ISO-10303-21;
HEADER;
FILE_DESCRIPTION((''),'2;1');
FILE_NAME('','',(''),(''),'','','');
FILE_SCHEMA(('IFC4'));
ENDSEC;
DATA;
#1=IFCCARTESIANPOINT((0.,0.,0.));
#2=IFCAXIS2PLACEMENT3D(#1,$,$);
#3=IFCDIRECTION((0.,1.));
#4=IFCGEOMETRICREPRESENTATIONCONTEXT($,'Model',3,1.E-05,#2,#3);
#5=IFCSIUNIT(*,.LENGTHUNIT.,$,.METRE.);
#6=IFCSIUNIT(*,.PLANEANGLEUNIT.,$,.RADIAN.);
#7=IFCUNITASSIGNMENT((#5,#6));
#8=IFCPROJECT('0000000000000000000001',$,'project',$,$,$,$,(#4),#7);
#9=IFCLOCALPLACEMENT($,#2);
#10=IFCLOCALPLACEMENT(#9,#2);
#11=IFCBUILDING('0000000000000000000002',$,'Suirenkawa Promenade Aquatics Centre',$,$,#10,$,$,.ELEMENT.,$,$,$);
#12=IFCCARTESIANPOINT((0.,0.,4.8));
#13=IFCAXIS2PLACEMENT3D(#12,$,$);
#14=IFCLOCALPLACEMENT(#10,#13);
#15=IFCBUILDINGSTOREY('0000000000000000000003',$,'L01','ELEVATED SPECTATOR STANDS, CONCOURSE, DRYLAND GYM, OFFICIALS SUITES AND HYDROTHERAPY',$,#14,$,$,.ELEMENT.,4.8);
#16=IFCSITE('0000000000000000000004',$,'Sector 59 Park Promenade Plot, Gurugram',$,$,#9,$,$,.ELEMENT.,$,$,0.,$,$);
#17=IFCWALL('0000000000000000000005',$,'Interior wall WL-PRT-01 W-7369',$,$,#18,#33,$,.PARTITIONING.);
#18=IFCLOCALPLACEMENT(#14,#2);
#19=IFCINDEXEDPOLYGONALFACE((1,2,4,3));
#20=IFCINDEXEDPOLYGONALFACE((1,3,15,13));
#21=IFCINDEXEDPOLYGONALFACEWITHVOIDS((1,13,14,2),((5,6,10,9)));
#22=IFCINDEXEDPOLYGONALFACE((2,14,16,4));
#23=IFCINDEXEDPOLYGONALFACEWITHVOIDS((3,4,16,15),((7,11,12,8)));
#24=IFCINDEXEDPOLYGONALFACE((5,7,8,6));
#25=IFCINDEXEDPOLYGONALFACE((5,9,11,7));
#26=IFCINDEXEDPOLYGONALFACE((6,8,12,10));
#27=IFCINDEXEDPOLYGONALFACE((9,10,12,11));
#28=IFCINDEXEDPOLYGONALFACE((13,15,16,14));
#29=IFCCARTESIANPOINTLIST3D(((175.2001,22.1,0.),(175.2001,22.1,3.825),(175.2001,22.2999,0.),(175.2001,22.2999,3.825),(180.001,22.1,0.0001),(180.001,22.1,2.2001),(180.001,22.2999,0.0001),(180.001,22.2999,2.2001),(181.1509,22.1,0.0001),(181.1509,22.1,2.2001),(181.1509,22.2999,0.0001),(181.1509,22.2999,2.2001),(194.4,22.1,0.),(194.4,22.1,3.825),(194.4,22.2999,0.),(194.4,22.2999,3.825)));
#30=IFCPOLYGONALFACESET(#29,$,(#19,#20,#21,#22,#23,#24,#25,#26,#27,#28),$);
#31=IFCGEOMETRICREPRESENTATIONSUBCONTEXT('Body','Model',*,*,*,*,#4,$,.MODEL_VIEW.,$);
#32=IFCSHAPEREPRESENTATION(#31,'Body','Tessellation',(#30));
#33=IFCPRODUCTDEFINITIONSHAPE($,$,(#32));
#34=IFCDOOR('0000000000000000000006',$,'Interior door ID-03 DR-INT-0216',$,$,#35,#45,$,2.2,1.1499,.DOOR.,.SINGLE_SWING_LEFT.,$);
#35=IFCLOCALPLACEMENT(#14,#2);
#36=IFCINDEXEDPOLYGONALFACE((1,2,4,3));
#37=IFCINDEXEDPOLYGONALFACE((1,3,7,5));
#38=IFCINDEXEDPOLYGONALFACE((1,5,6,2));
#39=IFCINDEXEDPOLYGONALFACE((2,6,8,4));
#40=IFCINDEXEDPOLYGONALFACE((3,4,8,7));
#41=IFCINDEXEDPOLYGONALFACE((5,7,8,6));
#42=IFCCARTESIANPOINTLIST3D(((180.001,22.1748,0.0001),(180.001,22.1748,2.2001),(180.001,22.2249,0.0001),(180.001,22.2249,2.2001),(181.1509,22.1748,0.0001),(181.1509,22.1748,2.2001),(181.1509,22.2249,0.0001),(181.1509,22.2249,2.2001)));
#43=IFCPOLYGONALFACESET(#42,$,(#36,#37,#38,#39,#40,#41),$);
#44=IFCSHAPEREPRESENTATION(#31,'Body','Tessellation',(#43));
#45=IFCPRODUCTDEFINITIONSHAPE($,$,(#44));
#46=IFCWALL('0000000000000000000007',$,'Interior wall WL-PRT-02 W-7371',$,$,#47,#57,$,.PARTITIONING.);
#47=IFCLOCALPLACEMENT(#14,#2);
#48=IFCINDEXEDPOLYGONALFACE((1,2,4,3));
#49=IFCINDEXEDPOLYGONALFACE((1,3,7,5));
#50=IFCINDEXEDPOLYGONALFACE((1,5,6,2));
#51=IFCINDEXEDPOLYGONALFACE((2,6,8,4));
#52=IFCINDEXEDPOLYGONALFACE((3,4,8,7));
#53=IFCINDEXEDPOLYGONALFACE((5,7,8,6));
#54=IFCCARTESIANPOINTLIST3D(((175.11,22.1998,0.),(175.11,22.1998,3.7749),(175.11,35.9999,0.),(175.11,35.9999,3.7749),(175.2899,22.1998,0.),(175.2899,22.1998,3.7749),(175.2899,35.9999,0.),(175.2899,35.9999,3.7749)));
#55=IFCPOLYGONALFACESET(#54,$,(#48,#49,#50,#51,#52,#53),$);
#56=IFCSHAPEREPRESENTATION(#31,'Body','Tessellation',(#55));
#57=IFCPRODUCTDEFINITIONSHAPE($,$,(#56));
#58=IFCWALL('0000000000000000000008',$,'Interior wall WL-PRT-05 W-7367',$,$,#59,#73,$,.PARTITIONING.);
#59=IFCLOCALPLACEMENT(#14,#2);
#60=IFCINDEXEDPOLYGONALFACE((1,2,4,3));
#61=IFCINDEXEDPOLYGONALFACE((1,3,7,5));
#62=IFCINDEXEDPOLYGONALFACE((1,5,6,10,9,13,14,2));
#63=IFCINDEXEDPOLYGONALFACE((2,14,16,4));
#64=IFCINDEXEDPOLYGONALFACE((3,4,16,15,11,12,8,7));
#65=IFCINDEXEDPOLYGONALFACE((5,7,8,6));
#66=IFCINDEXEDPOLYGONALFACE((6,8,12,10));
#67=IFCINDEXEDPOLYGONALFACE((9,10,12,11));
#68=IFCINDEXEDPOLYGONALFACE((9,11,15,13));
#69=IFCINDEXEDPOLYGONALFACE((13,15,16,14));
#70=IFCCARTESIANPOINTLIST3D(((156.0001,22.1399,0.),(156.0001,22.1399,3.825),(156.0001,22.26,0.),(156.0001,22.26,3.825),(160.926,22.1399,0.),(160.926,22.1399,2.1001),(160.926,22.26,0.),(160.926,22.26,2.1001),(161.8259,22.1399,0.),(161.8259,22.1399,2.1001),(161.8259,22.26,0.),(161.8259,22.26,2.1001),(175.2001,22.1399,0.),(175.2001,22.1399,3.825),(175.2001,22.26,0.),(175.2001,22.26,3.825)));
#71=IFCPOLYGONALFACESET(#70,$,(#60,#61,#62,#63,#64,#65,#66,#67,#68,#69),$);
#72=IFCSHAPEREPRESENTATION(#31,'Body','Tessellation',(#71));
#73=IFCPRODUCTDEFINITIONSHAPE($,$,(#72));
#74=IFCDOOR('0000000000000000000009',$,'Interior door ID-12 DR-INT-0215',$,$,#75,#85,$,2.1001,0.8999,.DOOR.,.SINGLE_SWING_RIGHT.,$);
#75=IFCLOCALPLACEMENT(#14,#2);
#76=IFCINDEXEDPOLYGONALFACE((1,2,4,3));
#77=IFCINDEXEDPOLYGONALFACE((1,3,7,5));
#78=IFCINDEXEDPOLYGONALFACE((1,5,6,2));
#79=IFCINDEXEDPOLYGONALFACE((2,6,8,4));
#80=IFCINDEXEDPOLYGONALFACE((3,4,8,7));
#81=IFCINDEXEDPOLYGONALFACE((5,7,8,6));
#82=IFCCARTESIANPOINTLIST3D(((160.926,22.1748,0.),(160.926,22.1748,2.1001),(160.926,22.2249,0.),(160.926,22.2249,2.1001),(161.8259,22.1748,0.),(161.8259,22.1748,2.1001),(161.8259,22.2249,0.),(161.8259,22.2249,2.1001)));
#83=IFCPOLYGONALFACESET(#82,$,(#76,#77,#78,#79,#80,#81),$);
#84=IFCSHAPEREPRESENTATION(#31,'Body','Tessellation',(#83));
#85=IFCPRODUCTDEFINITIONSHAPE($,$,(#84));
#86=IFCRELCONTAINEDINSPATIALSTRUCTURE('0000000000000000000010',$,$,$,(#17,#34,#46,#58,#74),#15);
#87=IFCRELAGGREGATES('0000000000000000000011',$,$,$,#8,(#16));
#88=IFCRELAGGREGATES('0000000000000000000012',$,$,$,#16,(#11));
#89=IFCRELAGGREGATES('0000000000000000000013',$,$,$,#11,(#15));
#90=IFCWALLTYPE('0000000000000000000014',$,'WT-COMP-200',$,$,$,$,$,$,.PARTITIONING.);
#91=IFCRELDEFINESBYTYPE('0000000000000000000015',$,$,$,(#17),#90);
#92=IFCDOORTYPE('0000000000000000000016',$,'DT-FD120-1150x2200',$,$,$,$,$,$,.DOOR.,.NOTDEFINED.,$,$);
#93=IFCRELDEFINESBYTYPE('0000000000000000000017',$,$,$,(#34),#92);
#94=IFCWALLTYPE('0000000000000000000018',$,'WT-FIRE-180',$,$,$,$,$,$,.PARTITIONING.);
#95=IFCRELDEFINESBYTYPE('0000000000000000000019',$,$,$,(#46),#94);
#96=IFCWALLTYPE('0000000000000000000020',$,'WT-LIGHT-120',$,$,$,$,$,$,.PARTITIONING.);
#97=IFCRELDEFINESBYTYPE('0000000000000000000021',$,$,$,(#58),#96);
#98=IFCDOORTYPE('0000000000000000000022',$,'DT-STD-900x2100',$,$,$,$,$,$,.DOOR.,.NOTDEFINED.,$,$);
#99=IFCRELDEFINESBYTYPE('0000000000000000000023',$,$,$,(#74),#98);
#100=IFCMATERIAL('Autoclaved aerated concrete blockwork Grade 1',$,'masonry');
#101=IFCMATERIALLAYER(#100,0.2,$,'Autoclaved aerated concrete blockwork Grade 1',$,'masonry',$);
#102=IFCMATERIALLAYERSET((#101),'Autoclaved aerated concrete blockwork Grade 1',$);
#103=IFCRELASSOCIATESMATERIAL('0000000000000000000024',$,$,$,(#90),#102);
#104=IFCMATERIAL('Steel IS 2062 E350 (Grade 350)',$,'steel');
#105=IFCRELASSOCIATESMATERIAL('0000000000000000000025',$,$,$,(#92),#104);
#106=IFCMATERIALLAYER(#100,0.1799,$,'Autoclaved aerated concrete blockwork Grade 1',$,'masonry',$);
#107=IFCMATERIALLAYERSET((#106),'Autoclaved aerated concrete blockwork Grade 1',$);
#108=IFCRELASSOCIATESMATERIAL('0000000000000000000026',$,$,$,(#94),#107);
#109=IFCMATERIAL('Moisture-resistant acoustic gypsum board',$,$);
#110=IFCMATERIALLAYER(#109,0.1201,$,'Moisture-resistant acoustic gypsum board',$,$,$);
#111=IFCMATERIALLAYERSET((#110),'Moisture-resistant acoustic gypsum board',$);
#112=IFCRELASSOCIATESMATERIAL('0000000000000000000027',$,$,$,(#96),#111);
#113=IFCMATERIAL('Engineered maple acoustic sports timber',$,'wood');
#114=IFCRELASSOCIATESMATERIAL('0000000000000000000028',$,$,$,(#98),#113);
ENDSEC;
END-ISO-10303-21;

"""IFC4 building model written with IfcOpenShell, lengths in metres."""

from ifc_helpers import new_model, si_unit, direction, frame, frame_2d, origin, place, context, subcontext, project, spatial, rectangle, extrude, material, layer, layer_set, type_object, element, fill, save


model = new_model("IFC4")

# Units and contexts
model_context = context("Model", 3, precision=1e-05, world=origin(), true_north=direction((0.0, 1.0)))
body_context = subcontext(model_context, "Body", "Model", "MODEL_VIEW")
ifc_project = project(units=[si_unit("LENGTHUNIT", "METRE"), si_unit("PLANEANGLEUNIT", "RADIAN")], contexts=[model_context])

# Site, building, storey
site_placement = place(None, origin())
site = spatial("IfcSite", under=ifc_project, at=site_placement, Name="Sector 59 Park Promenade Plot, Gurugram", CompositionType="ELEMENT", RefElevation=0.0)
building_placement = place(site_placement, origin())
building = spatial("IfcBuilding", under=site, at=building_placement, Name="Suirenkawa Promenade Aquatics Centre", CompositionType="ELEMENT")
storey_placement = place(building_placement, frame((0.0, 0.0, 4.8)))
storey = spatial("IfcBuildingStorey", under=building, at=storey_placement, Name="L01", Description="ELEVATED SPECTATOR STANDS, CONCOURSE, DRYLAND GYM, OFFICIALS SUITES AND HYDROTHERAPY", CompositionType="ELEMENT", Elevation=4.8)

# Shared definitions
ifc_material_1 = material(Name="Steel IS 2062 E350 (Grade 350)", Category="steel")

# Wall, opening, door
ifc_material_2 = material(Name="Autoclaved aerated concrete blockwork Grade 1", Category="masonry")
ifc_layer_1 = layer(ifc_material_2, 0.2, Name="Autoclaved aerated concrete blockwork Grade 1", Category="masonry")
ifc_layer_set_1 = layer_set([ifc_layer_1], Name="Autoclaved aerated concrete blockwork Grade 1")
wall_type_1 = type_object("IfcWallType", Name="WT-COMP-200", PredefinedType="PARTITIONING", material=ifc_layer_set_1)
wall_1_placement = place(storey_placement, frame((175.2, 22.2, 0.0), z_axis=(0.0, 0.0, 1.0), x_axis=(1.0, 0.0, 0.0)))
wall_1 = element("IfcWall", 1, at=wall_1_placement, inside=storey, type_object=wall_type_1, Name="Interior wall WL-PRT-01 W-7369", PredefinedType="PARTITIONING", context=body_context, shape_type="SweptSolid", body=[
    extrude(rectangle(XDim=19.2, YDim=0.2, at=frame_2d((9.6001, 0.0))), origin(), (0.0, 0.0, 1.0), 3.825),
])
opening_1_placement = place(wall_1_placement, frame((4.801, 0.0, 0.0)))
opening_1 = element("IfcOpeningElement", 2, at=opening_1_placement, cuts=wall_1, PredefinedType="OPENING", context=body_context, shape_type="SweptSolid", body=[
    extrude(rectangle(XDim=1.1499, YDim=2.2, at=frame_2d((0.575, 1.1001))), frame((0.0, 0.1099, 0.0), z_axis=(0.0, -1.0, 0.0), x_axis=(1.0, 0.0, 0.0)), (0.0, 0.0, 1.0), 0.22),
])
door_type_1 = type_object("IfcDoorType", Name="DT-FD120-1150x2200", OperationType="NOTDEFINED", PredefinedType="DOOR", material=ifc_material_1)
door_1_placement = place(opening_1_placement, origin())
door_1 = element("IfcDoor", 3, at=door_1_placement, inside=storey, type_object=door_type_1, Name="Interior door ID-03 DR-INT-0216", OperationType="SINGLE_SWING_LEFT", OverallHeight=2.2, OverallWidth=1.1499, PredefinedType="DOOR", context=body_context, shape_type="SweptSolid", body=[
    extrude(rectangle(XDim=1.1499, YDim=2.2, at=frame_2d((0.575, 1.1001))), frame((0.0, 0.0249, 0.0), z_axis=(0.0, -1.0, 0.0), x_axis=(1.0, 0.0, 0.0)), (0.0, 0.0, 1.0), 0.05),
])
fill(opening_1, door_1)

# Wall
ifc_layer_2 = layer(ifc_material_2, 0.1799, Name="Autoclaved aerated concrete blockwork Grade 1", Category="masonry")
ifc_layer_set_2 = layer_set([ifc_layer_2], Name="Autoclaved aerated concrete blockwork Grade 1")
wall_type_2 = type_object("IfcWallType", Name="WT-FIRE-180", PredefinedType="PARTITIONING", material=ifc_layer_set_2)
wall_2_placement = place(storey_placement, frame((175.2, 22.2, 0.0), z_axis=(0.0, 0.0, 1.0), x_axis=(0.0, 1.0, 0.0)))
element("IfcWall", 4, at=wall_2_placement, inside=storey, type_object=wall_type_2, Name="Interior wall WL-PRT-02 W-7371", PredefinedType="PARTITIONING", context=body_context, shape_type="SweptSolid", body=[
    extrude(rectangle(XDim=13.8, YDim=0.1799, at=frame_2d((6.8999, 0.0))), origin(), (0.0, 0.0, 1.0), 3.7749),
])

# Wall, opening, door
ifc_material_3 = material(Name="Moisture-resistant acoustic gypsum board")
ifc_layer_3 = layer(ifc_material_3, 0.1201, Name="Moisture-resistant acoustic gypsum board")
ifc_layer_set_3 = layer_set([ifc_layer_3], Name="Moisture-resistant acoustic gypsum board")
wall_type_3 = type_object("IfcWallType", Name="WT-LIGHT-120", PredefinedType="PARTITIONING", material=ifc_layer_set_3)
wall_3_placement = place(storey_placement, frame((156.0, 22.2, 0.0), z_axis=(0.0, 0.0, 1.0), x_axis=(1.0, 0.0, 0.0)))
wall_3 = element("IfcWall", 5, at=wall_3_placement, inside=storey, type_object=wall_type_3, Name="Interior wall WL-PRT-05 W-7367", PredefinedType="PARTITIONING", context=body_context, shape_type="SweptSolid", body=[
    extrude(rectangle(XDim=19.2, YDim=0.1201, at=frame_2d((9.6001, 0.0))), origin(), (0.0, 0.0, 1.0), 3.825),
])
opening_2_placement = place(wall_3_placement, frame((4.926, 0.0, 0.0)))
opening_2 = element("IfcOpeningElement", 6, at=opening_2_placement, cuts=wall_3, PredefinedType="OPENING", context=body_context, shape_type="SweptSolid", body=[
    extrude(rectangle(XDim=0.8999, YDim=2.1001, at=frame_2d((0.45, 1.05))), frame((0.0, 0.0701, 0.0), z_axis=(0.0, -1.0, 0.0), x_axis=(1.0, 0.0, 0.0)), (0.0, 0.0, 1.0), 0.1401),
])
ifc_material_4 = material(Name="Engineered maple acoustic sports timber", Category="wood")
door_type_2 = type_object("IfcDoorType", Name="DT-STD-900x2100", OperationType="NOTDEFINED", PredefinedType="DOOR", material=ifc_material_4)
door_2_placement = place(opening_2_placement, origin())
door_2 = element("IfcDoor", 7, at=door_2_placement, inside=storey, type_object=door_type_2, Name="Interior door ID-12 DR-INT-0215", OperationType="SINGLE_SWING_RIGHT", OverallHeight=2.1001, OverallWidth=0.8999, PredefinedType="DOOR", context=body_context, shape_type="SweptSolid", body=[
    extrude(rectangle(XDim=0.8999, YDim=2.1001, at=frame_2d((0.45, 1.05))), frame((0.0, 0.0249, 0.0), z_axis=(0.0, -1.0, 0.0), x_axis=(1.0, 0.0, 0.0)), (0.0, 0.0, 1.0), 0.05),
])
fill(opening_2, door_2)

save(model, "model.ifc")
